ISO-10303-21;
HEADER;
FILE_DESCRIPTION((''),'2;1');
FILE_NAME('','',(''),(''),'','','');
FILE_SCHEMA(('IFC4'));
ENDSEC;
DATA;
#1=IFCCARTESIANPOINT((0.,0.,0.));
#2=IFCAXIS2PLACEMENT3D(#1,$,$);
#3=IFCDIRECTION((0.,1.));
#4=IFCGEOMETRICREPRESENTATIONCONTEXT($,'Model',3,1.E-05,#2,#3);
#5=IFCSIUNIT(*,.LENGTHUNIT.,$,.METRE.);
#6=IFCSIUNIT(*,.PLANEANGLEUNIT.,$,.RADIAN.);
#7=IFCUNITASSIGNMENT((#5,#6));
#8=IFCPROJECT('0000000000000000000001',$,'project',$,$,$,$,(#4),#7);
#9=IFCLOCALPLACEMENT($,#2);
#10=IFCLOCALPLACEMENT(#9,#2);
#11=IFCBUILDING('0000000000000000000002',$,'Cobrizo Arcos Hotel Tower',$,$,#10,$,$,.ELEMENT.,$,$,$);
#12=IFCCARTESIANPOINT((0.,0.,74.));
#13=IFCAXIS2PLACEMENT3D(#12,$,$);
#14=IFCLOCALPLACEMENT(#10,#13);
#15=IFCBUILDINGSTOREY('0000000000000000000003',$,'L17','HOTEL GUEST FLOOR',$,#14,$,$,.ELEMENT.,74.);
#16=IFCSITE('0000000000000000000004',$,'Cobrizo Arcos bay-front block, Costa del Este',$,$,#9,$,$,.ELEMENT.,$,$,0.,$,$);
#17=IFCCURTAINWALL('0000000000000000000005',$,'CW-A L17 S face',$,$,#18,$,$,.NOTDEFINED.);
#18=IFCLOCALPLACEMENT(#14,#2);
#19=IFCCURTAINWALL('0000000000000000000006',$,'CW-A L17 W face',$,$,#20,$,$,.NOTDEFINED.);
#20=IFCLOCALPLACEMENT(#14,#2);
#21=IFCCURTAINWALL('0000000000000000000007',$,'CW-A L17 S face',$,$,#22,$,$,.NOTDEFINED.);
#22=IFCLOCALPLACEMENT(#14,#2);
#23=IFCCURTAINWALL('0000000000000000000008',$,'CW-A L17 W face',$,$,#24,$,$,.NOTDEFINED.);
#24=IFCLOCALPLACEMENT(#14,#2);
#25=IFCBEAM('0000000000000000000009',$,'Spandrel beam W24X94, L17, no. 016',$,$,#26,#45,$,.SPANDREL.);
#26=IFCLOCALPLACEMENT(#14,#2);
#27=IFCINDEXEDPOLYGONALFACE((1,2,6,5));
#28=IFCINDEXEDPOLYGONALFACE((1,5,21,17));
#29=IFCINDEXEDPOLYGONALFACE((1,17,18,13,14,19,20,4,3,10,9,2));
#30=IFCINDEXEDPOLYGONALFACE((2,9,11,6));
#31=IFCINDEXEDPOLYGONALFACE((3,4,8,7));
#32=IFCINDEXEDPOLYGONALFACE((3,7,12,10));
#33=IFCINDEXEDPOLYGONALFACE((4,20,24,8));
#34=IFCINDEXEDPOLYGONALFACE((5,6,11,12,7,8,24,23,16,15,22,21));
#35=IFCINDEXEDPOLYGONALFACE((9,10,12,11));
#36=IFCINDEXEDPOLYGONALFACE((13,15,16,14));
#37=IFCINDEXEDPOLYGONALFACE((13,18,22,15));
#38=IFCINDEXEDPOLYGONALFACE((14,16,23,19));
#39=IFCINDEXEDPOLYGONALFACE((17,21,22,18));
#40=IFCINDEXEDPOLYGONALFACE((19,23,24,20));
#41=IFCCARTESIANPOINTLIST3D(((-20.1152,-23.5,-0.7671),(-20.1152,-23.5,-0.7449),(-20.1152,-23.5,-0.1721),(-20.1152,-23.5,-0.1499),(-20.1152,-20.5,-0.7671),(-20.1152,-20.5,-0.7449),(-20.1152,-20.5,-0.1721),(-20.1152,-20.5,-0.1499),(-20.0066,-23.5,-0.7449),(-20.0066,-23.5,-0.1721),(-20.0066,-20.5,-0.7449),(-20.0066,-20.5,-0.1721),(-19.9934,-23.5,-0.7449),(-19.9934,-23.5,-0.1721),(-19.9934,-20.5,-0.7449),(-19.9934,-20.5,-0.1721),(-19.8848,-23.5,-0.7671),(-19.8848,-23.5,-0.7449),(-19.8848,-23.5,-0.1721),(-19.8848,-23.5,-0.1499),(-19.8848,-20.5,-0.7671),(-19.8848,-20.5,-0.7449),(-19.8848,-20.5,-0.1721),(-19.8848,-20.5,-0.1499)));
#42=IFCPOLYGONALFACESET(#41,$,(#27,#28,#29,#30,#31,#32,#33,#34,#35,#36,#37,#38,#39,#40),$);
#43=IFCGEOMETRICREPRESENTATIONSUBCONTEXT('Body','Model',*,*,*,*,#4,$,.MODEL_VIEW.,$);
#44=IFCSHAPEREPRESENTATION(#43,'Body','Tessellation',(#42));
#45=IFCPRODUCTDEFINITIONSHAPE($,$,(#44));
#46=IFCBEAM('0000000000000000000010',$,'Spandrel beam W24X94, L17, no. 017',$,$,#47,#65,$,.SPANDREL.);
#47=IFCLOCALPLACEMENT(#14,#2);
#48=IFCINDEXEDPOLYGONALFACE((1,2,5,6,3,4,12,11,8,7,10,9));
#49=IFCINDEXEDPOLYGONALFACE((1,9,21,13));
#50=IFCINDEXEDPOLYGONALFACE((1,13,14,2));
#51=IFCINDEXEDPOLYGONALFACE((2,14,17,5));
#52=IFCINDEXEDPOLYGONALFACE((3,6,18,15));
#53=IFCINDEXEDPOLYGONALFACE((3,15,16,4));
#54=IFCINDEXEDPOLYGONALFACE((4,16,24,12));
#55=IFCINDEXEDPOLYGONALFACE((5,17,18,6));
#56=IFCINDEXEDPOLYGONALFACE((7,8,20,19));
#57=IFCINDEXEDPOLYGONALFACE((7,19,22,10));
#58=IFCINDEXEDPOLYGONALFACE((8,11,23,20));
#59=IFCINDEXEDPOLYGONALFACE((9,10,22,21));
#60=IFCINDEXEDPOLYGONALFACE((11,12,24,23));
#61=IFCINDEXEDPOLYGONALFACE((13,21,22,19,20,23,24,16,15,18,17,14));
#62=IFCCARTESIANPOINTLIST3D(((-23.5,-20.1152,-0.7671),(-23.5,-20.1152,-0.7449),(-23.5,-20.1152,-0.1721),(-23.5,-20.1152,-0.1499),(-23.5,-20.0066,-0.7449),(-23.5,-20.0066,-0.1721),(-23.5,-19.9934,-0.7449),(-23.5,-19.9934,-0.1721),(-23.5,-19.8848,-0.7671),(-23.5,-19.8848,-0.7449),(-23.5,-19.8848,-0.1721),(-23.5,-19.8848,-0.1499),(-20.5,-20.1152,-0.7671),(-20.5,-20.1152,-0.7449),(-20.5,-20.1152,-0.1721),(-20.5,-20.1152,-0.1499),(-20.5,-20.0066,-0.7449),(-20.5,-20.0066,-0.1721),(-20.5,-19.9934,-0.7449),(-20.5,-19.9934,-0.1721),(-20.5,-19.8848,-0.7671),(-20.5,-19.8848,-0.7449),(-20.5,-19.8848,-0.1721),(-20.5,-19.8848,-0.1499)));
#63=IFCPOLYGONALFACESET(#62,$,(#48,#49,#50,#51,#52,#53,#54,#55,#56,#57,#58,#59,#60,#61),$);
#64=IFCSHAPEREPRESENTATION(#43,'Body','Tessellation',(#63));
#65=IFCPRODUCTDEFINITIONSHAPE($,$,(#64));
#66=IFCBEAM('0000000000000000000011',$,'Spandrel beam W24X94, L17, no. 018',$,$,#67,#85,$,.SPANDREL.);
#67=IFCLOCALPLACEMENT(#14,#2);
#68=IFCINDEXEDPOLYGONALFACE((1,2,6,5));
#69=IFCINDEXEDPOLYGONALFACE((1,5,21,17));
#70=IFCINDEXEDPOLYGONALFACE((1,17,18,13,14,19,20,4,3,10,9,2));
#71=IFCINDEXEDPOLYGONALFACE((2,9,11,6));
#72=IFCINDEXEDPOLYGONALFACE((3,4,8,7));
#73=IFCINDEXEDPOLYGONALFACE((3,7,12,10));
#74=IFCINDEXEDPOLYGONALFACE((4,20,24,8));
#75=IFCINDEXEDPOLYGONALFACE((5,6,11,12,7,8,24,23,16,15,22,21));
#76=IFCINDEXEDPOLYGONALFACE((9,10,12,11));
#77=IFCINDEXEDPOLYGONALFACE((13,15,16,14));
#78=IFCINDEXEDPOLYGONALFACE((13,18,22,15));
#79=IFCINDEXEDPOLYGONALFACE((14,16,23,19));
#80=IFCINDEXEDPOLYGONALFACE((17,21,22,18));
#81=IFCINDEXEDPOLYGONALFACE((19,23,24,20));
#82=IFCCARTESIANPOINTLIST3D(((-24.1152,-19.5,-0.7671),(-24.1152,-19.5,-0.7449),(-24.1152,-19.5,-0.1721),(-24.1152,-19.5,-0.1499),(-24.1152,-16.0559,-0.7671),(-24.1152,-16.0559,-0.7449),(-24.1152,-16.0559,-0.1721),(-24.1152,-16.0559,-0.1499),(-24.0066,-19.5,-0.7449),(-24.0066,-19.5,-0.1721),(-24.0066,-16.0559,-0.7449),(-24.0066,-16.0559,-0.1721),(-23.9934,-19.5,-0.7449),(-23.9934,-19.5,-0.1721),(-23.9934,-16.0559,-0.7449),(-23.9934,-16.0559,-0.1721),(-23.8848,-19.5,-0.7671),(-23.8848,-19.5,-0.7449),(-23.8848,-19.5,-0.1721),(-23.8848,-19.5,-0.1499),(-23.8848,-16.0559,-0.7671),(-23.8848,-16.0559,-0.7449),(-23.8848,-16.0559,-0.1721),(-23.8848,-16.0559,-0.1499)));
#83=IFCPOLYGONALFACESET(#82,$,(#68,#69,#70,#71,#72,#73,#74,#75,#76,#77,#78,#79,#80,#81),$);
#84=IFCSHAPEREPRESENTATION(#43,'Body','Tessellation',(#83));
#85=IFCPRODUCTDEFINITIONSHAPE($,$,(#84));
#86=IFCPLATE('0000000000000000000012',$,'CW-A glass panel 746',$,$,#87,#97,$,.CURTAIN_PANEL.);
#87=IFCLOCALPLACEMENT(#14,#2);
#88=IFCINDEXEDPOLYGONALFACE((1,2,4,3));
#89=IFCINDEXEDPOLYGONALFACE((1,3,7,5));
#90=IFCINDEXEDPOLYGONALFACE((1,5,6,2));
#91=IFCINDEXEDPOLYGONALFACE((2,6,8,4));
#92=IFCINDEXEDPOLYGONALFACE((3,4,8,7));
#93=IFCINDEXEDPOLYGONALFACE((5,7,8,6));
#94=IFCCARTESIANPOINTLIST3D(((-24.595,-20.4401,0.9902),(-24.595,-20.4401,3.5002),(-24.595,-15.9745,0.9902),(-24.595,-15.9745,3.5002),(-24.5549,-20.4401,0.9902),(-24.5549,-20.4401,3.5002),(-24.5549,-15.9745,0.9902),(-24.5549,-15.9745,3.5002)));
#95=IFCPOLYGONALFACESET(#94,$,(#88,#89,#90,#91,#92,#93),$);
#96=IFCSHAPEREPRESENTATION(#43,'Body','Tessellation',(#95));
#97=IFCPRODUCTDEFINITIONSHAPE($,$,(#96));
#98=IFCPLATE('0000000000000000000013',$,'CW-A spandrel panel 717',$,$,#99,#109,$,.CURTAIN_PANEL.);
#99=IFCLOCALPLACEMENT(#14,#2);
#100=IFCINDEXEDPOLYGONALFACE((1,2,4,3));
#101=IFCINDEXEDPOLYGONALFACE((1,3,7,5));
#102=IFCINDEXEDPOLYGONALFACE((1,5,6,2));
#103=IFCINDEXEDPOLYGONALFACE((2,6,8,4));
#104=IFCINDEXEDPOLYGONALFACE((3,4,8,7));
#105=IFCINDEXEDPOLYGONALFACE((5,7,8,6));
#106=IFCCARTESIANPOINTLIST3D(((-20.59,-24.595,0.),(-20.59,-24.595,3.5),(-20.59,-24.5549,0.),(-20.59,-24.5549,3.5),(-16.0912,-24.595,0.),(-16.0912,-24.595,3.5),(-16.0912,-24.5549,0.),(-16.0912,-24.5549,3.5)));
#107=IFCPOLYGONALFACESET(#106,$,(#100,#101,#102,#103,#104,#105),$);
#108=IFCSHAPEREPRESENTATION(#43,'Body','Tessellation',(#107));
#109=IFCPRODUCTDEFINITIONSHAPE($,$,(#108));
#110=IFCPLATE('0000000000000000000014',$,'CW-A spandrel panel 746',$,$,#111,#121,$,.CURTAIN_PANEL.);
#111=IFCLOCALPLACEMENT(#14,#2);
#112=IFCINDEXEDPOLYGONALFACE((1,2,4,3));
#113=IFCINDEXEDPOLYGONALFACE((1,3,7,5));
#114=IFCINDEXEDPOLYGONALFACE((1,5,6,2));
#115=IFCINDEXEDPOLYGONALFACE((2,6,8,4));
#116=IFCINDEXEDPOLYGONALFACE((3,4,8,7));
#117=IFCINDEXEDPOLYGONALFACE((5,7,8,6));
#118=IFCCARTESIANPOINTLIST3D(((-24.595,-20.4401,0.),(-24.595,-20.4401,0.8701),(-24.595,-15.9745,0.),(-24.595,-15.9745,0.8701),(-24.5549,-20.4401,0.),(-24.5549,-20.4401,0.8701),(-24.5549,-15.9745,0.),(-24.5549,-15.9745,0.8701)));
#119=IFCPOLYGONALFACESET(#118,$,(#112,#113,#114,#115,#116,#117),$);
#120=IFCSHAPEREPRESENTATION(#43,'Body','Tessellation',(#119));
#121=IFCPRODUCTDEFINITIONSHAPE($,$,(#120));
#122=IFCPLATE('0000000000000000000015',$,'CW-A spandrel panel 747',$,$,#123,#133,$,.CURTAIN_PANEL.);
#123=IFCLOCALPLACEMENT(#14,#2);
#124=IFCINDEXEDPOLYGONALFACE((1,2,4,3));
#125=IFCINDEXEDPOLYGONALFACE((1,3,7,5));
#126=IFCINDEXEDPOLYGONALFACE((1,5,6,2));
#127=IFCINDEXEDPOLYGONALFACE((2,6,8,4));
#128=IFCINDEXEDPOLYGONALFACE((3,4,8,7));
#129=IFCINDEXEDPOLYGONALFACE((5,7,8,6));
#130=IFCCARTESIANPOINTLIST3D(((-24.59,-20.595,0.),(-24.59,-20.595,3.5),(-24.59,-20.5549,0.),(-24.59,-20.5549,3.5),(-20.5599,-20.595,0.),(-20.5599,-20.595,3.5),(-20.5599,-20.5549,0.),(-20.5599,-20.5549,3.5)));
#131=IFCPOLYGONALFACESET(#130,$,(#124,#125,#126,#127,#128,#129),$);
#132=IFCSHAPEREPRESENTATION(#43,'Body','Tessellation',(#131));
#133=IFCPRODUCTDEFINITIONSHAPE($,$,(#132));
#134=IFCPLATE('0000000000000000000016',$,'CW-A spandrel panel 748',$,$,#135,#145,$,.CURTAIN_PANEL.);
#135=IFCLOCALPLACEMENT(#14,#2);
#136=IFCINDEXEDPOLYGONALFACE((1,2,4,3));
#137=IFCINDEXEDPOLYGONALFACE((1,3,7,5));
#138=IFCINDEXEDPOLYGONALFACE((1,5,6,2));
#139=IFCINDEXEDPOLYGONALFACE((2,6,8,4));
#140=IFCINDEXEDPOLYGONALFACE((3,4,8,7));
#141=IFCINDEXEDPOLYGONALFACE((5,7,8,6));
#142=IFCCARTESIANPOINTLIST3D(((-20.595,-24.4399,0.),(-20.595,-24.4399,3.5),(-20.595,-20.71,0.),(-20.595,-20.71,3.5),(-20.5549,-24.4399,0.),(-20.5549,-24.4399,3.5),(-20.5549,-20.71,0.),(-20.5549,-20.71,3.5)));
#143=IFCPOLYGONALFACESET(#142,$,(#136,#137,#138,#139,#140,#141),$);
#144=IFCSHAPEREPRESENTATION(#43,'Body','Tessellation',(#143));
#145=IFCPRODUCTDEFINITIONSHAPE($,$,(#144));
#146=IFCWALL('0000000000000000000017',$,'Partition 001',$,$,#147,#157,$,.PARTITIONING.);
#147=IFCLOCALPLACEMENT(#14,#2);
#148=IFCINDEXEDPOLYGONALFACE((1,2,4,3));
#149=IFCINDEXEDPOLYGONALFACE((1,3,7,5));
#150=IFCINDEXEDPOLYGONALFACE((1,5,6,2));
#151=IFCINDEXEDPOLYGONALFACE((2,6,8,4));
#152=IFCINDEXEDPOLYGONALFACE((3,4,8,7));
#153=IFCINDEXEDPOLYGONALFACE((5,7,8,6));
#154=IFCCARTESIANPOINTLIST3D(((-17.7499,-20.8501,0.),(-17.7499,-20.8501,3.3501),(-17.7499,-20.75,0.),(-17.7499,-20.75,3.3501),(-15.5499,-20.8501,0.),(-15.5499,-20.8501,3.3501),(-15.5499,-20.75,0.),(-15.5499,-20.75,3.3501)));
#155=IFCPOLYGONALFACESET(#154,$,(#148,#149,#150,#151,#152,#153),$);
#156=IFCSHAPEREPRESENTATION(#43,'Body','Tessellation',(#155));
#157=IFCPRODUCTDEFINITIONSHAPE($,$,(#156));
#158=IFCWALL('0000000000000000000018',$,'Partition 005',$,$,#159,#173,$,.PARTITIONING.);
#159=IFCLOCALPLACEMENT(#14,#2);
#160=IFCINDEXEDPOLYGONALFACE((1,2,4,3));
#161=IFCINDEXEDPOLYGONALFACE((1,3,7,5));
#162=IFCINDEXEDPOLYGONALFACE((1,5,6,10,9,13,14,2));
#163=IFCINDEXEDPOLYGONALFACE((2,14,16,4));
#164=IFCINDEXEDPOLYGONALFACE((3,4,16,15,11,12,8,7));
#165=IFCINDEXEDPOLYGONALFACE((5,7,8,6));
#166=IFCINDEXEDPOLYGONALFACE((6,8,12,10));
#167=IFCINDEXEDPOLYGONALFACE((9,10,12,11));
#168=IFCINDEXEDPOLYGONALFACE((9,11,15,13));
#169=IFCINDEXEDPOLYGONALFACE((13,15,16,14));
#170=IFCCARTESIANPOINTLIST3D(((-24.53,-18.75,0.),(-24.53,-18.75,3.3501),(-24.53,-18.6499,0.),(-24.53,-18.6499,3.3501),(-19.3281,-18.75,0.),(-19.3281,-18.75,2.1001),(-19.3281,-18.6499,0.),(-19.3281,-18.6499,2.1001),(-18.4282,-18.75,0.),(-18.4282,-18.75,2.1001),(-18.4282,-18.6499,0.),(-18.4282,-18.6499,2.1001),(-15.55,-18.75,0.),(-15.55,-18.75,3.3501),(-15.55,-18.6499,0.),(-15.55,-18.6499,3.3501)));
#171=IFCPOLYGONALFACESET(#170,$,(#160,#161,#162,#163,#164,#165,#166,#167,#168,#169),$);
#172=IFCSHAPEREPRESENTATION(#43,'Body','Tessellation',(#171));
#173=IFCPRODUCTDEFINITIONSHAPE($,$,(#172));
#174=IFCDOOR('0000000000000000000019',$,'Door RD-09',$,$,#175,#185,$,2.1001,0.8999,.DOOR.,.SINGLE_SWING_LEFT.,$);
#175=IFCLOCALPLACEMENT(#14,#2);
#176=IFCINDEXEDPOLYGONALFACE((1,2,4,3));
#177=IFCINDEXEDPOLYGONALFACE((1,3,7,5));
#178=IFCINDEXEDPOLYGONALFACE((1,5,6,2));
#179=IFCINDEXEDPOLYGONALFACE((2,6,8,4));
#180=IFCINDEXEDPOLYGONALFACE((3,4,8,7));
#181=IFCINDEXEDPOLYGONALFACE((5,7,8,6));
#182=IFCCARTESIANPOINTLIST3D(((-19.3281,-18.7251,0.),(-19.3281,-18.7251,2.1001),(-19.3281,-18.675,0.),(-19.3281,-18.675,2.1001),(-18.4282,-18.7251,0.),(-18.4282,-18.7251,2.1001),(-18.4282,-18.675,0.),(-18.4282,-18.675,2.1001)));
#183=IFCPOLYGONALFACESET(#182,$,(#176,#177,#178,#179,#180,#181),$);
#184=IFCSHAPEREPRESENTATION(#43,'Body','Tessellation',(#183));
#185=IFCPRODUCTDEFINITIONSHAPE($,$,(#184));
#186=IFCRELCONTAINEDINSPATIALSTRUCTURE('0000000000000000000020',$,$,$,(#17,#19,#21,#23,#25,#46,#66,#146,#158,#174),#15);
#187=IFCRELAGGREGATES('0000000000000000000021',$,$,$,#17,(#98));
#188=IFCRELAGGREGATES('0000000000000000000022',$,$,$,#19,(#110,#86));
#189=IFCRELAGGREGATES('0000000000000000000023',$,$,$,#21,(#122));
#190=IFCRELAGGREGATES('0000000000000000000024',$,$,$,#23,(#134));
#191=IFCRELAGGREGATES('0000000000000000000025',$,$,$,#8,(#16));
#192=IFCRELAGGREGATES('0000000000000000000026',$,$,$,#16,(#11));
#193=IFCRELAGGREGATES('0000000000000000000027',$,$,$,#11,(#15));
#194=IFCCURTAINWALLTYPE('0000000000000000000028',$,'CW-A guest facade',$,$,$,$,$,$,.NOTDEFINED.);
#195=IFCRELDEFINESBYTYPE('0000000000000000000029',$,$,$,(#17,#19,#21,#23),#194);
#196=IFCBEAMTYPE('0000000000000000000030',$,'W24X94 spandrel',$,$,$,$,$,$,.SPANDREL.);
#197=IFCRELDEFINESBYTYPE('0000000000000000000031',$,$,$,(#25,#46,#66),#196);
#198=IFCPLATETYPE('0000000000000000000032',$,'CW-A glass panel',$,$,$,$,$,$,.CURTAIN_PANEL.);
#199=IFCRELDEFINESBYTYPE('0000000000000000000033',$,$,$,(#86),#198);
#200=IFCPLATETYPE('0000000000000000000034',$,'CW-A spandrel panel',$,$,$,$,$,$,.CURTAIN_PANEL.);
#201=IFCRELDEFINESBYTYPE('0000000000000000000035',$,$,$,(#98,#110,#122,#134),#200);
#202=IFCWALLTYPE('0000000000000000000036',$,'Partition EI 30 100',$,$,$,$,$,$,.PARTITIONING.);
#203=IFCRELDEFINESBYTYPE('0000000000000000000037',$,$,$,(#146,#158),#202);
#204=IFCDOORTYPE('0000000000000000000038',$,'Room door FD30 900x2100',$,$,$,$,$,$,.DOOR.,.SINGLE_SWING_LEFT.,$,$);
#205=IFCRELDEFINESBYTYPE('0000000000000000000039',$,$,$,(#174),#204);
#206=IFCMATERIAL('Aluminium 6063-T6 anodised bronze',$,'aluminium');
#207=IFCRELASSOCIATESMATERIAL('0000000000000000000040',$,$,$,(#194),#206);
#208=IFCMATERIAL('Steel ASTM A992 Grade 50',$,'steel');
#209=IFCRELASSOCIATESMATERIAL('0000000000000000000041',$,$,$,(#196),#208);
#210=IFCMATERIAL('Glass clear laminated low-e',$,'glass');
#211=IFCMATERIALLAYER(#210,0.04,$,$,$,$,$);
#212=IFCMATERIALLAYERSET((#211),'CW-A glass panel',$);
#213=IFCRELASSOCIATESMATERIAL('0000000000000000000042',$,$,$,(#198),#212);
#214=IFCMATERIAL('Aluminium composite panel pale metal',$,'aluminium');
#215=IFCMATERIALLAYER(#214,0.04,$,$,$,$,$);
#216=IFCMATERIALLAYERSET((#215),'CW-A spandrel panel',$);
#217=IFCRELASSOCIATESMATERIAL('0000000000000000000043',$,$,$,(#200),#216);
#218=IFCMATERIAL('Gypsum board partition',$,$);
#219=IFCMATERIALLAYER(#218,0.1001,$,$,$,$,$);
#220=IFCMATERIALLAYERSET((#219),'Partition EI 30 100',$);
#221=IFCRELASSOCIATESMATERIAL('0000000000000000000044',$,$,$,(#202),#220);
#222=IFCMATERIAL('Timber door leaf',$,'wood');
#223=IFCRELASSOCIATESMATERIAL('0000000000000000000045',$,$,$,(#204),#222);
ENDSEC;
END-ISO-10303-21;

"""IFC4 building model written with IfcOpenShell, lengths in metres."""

from ifc_helpers import new_model, si_unit, direction, frame, frame_2d, origin, origin_2d, place, context, subcontext, project, spatial, rectangle, i_section, extrude, material, layer, layer_set, material_profile, profile_set, type_object, element, fill, aggregate, save


model = new_model("IFC4")

# Units and contexts
model_context = context("Model", 3, precision=1e-05, world=origin(), true_north=direction((0.0, 1.0)))
body_context = subcontext(model_context, "Body", "Model", "MODEL_VIEW")
ifc_project = project(units=[si_unit("LENGTHUNIT", "METRE"), si_unit("PLANEANGLEUNIT", "RADIAN")], contexts=[model_context])

# Site, building, storey
site_placement = place(None, origin())
site = spatial("IfcSite", under=ifc_project, at=site_placement, Name="Cobrizo Arcos bay-front block, Costa del Este", CompositionType="ELEMENT", RefElevation=0.0)
building_placement = place(site_placement, origin())
building = spatial("IfcBuilding", under=site, at=building_placement, Name="Cobrizo Arcos Hotel Tower", CompositionType="ELEMENT")
storey_placement = place(building_placement, frame((0.0, 0.0, 74.0)))
storey = spatial("IfcBuildingStorey", under=building, at=storey_placement, Name="L17", Description="HOTEL GUEST FLOOR", CompositionType="ELEMENT", Elevation=74.0)

# Curtain walls
ifc_material_1 = material(Name="Aluminium 6063-T6 anodised bronze", Category="aluminium")
curtain_wall_type = type_object("IfcCurtainWallType", Name="CW-A guest facade", PredefinedType="NOTDEFINED", material=ifc_material_1)
curtain_wall_1_placement = place(storey_placement, origin())
curtain_wall_1 = element("IfcCurtainWall", 1, at=curtain_wall_1_placement, inside=storey, type_object=curtain_wall_type, Name="CW-A L17 S face", PredefinedType="NOTDEFINED")
curtain_wall_2_placement = place(storey_placement, origin())
curtain_wall_2 = element("IfcCurtainWall", 2, at=curtain_wall_2_placement, inside=storey, type_object=curtain_wall_type, Name="CW-A L17 W face", PredefinedType="NOTDEFINED")
curtain_wall_3_placement = place(storey_placement, origin())
curtain_wall_3 = element("IfcCurtainWall", 3, at=curtain_wall_3_placement, inside=storey, type_object=curtain_wall_type, Name="CW-A L17 S face", PredefinedType="NOTDEFINED")
curtain_wall_4_placement = place(storey_placement, origin())
curtain_wall_4 = element("IfcCurtainWall", 4, at=curtain_wall_4_placement, inside=storey, type_object=curtain_wall_type, Name="CW-A L17 W face", PredefinedType="NOTDEFINED")

# Beams
ifc_material_2 = material(Name="Steel ASTM A992 Grade 50", Category="steel")
ifc_material_profile_1 = material_profile(ifc_material_2, i_section(OverallWidth=0.2305, OverallDepth=0.6172, WebThickness=0.0132, FlangeThickness=0.0222, at=origin_2d()), Name="W24X94")
ifc_profile_set_1 = profile_set([ifc_material_profile_1], Name="Steel ASTM A992 Grade 50")
beam_type_1 = type_object("IfcBeamType", Name="W24X94 spandrel", PredefinedType="SPANDREL", material=ifc_profile_set_1)
for number, where, z_axis, x_axis, name in (
    (5, (-20.0, -23.5, -0.4585), (0.0, 1.0, 0.0), (-1.0, 0.0, 0.0), "Spandrel beam W24X94, L17, no. 016"),
    (6, (-20.5, -20.0, -0.4585), (-1.0, 0.0, 0.0), (0.0, -1.0, 0.0), "Spandrel beam W24X94, L17, no. 017"),
):
    element("IfcBeam", number, at=place(storey_placement, frame(where, z_axis=z_axis, x_axis=x_axis)), inside=storey, type_object=beam_type_1, Name=name, PredefinedType="SPANDREL", context=body_context, shape_type="SweptSolid", body=[
        extrude(i_section(OverallWidth=0.2305, OverallDepth=0.6172, WebThickness=0.0132, FlangeThickness=0.0222, at=origin_2d()), origin(), (0.0, 0.0, 1.0), 3.0),
    ])
beam_1_placement = place(storey_placement, frame((-24.0, -19.5, -0.4585), z_axis=(0.0, 1.0, 0.0), x_axis=(-1.0, 0.0, 0.0)))
element("IfcBeam", 7, at=beam_1_placement, inside=storey, type_object=beam_type_1, Name="Spandrel beam W24X94, L17, no. 018", PredefinedType="SPANDREL", context=body_context, shape_type="SweptSolid", body=[
    extrude(i_section(OverallWidth=0.2305, OverallDepth=0.6172, WebThickness=0.0132, FlangeThickness=0.0222, at=origin_2d()), origin(), (0.0, 0.0, 1.0), 3.4441),
])

# Plates
ifc_material_3 = material(Name="Glass clear laminated low-e", Category="glass")
ifc_layer_1 = layer(ifc_material_3, 0.04)
ifc_layer_set_1 = layer_set([ifc_layer_1], Name="CW-A glass panel")
plate_type_1 = type_object("IfcPlateType", Name="CW-A glass panel", PredefinedType="CURTAIN_PANEL", material=ifc_layer_set_1)
plate_1_placement = place(storey_placement, frame((-24.575, -18.2073, 0.9902), z_axis=(0.0, 0.0, 1.0), x_axis=(0.0, -1.0, 0.0)))
plate_1 = element("IfcPlate", 8, at=plate_1_placement, type_object=plate_type_1, Name="CW-A glass panel 746", PredefinedType="CURTAIN_PANEL", context=body_context, shape_type="SweptSolid", body=[
    extrude(rectangle(XDim=4.4656, YDim=0.04, at=origin_2d()), origin(), (0.0, 0.0, 1.0), 2.51),
])
ifc_material_4 = material(Name="Aluminium composite panel pale metal", Category="aluminium")
ifc_layer_2 = layer(ifc_material_4, 0.04)
ifc_layer_set_2 = layer_set([ifc_layer_2], Name="CW-A spandrel panel")
plate_type_2 = type_object("IfcPlateType", Name="CW-A spandrel panel", PredefinedType="CURTAIN_PANEL", material=ifc_layer_set_2)
plate_2_placement = place(storey_placement, frame((-18.3406, -24.575, 0.0), z_axis=(0.0, 0.0, 1.0), x_axis=(1.0, 0.0, 0.0)))
plate_2 = element("IfcPlate", 9, at=plate_2_placement, type_object=plate_type_2, Name="CW-A spandrel panel 717", PredefinedType="CURTAIN_PANEL", context=body_context, shape_type="SweptSolid", body=[
    extrude(rectangle(XDim=4.4988, YDim=0.04, at=origin_2d()), origin(), (0.0, 0.0, 1.0), 3.5),
])
aggregate(curtain_wall_1, [plate_2])
plate_3_placement = place(storey_placement, frame((-24.575, -18.2073, 0.0), z_axis=(0.0, 0.0, 1.0), x_axis=(0.0, -1.0, 0.0)))
plate_3 = element("IfcPlate", 10, at=plate_3_placement, type_object=plate_type_2, Name="CW-A spandrel panel 746", PredefinedType="CURTAIN_PANEL", context=body_context, shape_type="SweptSolid", body=[
    extrude(rectangle(XDim=4.4656, YDim=0.04, at=origin_2d()), origin(), (0.0, 0.0, 1.0), 0.8701),
])
aggregate(curtain_wall_2, [plate_3, plate_1])
plate_4_placement = place(storey_placement, frame((-22.575, -20.575, 0.0), z_axis=(0.0, 0.0, 1.0), x_axis=(1.0, 0.0, 0.0)))
plate_4 = element("IfcPlate", 11, at=plate_4_placement, type_object=plate_type_2, Name="CW-A spandrel panel 747", PredefinedType="CURTAIN_PANEL", context=body_context, shape_type="SweptSolid", body=[
    extrude(rectangle(XDim=4.03, YDim=0.04, at=origin_2d()), origin(), (0.0, 0.0, 1.0), 3.5),
])
aggregate(curtain_wall_3, [plate_4])
plate_5_placement = place(storey_placement, frame((-20.575, -22.575, 0.0), z_axis=(0.0, 0.0, 1.0), x_axis=(0.0, -1.0, 0.0)))
plate_5 = element("IfcPlate", 12, at=plate_5_placement, type_object=plate_type_2, Name="CW-A spandrel panel 748", PredefinedType="CURTAIN_PANEL", context=body_context, shape_type="SweptSolid", body=[
    extrude(rectangle(XDim=3.73, YDim=0.04, at=origin_2d()), origin(), (0.0, 0.0, 1.0), 3.5),
])
aggregate(curtain_wall_4, [plate_5])

# Wall
ifc_material_5 = material(Name="Gypsum board partition")
ifc_layer_3 = layer(ifc_material_5, 0.1001)
ifc_layer_set_3 = layer_set([ifc_layer_3], Name="Partition EI 30 100")
wall_type = type_object("IfcWallType", Name="Partition EI 30 100", PredefinedType="PARTITIONING", material=ifc_layer_set_3)
wall_1_placement = place(storey_placement, frame((-17.75, -20.8, 0.0), z_axis=(0.0, 0.0, 1.0), x_axis=(1.0, 0.0, 0.0)))
element("IfcWall", 13, at=wall_1_placement, inside=storey, type_object=wall_type, Name="Partition 001", PredefinedType="PARTITIONING", context=body_context, shape_type="SweptSolid", body=[
    extrude(rectangle(XDim=2.2, YDim=0.1001, at=frame_2d((1.1001, 0.0))), origin(), (0.0, 0.0, 1.0), 3.3501),
])

# Wall, opening, door
wall_2_placement = place(storey_placement, frame((-24.53, -18.7, 0.0), z_axis=(0.0, 0.0, 1.0), x_axis=(1.0, 0.0, 0.0)))
wall_2 = element("IfcWall", 14, at=wall_2_placement, inside=storey, type_object=wall_type, Name="Partition 005", PredefinedType="PARTITIONING", context=body_context, shape_type="SweptSolid", body=[
    extrude(rectangle(XDim=8.98, YDim=0.1001, at=frame_2d((4.49, 0.0))), origin(), (0.0, 0.0, 1.0), 3.3501),
])
opening_1_placement = place(wall_2_placement, frame((5.2019, 0.0, 0.0)))
opening_1 = element("IfcOpeningElement", 15, at=opening_1_placement, cuts=wall_2, PredefinedType="OPENING", context=body_context, shape_type="SweptSolid", body=[
    extrude(rectangle(XDim=0.8999, YDim=2.1001, at=frame_2d((0.45, 1.05))), frame((0.0, 0.062, 0.0), z_axis=(0.0, -1.0, 0.0), x_axis=(1.0, 0.0, 0.0)), (0.0, 0.0, 1.0), 0.124),
])
ifc_material_6 = material(Name="Timber door leaf", Category="wood")
door_type_1 = type_object("IfcDoorType", Name="Room door FD30 900x2100", OperationType="SINGLE_SWING_LEFT", PredefinedType="DOOR", material=ifc_material_6)
door_1_placement = place(opening_1_placement, origin())
door_1 = element("IfcDoor", 16, at=door_1_placement, inside=storey, type_object=door_type_1, Name="Door RD-09", OperationType="SINGLE_SWING_LEFT", OverallHeight=2.1001, OverallWidth=0.8999, PredefinedType="DOOR", context=body_context, shape_type="SweptSolid", body=[
    extrude(rectangle(XDim=0.8999, YDim=2.1001, at=frame_2d((0.45, 1.05))), frame((0.0, 0.0249, 0.0), z_axis=(0.0, -1.0, 0.0), x_axis=(1.0, 0.0, 0.0)), (0.0, 0.0, 1.0), 0.05),
])
fill(opening_1, door_1)

save(model, "model.ifc")
